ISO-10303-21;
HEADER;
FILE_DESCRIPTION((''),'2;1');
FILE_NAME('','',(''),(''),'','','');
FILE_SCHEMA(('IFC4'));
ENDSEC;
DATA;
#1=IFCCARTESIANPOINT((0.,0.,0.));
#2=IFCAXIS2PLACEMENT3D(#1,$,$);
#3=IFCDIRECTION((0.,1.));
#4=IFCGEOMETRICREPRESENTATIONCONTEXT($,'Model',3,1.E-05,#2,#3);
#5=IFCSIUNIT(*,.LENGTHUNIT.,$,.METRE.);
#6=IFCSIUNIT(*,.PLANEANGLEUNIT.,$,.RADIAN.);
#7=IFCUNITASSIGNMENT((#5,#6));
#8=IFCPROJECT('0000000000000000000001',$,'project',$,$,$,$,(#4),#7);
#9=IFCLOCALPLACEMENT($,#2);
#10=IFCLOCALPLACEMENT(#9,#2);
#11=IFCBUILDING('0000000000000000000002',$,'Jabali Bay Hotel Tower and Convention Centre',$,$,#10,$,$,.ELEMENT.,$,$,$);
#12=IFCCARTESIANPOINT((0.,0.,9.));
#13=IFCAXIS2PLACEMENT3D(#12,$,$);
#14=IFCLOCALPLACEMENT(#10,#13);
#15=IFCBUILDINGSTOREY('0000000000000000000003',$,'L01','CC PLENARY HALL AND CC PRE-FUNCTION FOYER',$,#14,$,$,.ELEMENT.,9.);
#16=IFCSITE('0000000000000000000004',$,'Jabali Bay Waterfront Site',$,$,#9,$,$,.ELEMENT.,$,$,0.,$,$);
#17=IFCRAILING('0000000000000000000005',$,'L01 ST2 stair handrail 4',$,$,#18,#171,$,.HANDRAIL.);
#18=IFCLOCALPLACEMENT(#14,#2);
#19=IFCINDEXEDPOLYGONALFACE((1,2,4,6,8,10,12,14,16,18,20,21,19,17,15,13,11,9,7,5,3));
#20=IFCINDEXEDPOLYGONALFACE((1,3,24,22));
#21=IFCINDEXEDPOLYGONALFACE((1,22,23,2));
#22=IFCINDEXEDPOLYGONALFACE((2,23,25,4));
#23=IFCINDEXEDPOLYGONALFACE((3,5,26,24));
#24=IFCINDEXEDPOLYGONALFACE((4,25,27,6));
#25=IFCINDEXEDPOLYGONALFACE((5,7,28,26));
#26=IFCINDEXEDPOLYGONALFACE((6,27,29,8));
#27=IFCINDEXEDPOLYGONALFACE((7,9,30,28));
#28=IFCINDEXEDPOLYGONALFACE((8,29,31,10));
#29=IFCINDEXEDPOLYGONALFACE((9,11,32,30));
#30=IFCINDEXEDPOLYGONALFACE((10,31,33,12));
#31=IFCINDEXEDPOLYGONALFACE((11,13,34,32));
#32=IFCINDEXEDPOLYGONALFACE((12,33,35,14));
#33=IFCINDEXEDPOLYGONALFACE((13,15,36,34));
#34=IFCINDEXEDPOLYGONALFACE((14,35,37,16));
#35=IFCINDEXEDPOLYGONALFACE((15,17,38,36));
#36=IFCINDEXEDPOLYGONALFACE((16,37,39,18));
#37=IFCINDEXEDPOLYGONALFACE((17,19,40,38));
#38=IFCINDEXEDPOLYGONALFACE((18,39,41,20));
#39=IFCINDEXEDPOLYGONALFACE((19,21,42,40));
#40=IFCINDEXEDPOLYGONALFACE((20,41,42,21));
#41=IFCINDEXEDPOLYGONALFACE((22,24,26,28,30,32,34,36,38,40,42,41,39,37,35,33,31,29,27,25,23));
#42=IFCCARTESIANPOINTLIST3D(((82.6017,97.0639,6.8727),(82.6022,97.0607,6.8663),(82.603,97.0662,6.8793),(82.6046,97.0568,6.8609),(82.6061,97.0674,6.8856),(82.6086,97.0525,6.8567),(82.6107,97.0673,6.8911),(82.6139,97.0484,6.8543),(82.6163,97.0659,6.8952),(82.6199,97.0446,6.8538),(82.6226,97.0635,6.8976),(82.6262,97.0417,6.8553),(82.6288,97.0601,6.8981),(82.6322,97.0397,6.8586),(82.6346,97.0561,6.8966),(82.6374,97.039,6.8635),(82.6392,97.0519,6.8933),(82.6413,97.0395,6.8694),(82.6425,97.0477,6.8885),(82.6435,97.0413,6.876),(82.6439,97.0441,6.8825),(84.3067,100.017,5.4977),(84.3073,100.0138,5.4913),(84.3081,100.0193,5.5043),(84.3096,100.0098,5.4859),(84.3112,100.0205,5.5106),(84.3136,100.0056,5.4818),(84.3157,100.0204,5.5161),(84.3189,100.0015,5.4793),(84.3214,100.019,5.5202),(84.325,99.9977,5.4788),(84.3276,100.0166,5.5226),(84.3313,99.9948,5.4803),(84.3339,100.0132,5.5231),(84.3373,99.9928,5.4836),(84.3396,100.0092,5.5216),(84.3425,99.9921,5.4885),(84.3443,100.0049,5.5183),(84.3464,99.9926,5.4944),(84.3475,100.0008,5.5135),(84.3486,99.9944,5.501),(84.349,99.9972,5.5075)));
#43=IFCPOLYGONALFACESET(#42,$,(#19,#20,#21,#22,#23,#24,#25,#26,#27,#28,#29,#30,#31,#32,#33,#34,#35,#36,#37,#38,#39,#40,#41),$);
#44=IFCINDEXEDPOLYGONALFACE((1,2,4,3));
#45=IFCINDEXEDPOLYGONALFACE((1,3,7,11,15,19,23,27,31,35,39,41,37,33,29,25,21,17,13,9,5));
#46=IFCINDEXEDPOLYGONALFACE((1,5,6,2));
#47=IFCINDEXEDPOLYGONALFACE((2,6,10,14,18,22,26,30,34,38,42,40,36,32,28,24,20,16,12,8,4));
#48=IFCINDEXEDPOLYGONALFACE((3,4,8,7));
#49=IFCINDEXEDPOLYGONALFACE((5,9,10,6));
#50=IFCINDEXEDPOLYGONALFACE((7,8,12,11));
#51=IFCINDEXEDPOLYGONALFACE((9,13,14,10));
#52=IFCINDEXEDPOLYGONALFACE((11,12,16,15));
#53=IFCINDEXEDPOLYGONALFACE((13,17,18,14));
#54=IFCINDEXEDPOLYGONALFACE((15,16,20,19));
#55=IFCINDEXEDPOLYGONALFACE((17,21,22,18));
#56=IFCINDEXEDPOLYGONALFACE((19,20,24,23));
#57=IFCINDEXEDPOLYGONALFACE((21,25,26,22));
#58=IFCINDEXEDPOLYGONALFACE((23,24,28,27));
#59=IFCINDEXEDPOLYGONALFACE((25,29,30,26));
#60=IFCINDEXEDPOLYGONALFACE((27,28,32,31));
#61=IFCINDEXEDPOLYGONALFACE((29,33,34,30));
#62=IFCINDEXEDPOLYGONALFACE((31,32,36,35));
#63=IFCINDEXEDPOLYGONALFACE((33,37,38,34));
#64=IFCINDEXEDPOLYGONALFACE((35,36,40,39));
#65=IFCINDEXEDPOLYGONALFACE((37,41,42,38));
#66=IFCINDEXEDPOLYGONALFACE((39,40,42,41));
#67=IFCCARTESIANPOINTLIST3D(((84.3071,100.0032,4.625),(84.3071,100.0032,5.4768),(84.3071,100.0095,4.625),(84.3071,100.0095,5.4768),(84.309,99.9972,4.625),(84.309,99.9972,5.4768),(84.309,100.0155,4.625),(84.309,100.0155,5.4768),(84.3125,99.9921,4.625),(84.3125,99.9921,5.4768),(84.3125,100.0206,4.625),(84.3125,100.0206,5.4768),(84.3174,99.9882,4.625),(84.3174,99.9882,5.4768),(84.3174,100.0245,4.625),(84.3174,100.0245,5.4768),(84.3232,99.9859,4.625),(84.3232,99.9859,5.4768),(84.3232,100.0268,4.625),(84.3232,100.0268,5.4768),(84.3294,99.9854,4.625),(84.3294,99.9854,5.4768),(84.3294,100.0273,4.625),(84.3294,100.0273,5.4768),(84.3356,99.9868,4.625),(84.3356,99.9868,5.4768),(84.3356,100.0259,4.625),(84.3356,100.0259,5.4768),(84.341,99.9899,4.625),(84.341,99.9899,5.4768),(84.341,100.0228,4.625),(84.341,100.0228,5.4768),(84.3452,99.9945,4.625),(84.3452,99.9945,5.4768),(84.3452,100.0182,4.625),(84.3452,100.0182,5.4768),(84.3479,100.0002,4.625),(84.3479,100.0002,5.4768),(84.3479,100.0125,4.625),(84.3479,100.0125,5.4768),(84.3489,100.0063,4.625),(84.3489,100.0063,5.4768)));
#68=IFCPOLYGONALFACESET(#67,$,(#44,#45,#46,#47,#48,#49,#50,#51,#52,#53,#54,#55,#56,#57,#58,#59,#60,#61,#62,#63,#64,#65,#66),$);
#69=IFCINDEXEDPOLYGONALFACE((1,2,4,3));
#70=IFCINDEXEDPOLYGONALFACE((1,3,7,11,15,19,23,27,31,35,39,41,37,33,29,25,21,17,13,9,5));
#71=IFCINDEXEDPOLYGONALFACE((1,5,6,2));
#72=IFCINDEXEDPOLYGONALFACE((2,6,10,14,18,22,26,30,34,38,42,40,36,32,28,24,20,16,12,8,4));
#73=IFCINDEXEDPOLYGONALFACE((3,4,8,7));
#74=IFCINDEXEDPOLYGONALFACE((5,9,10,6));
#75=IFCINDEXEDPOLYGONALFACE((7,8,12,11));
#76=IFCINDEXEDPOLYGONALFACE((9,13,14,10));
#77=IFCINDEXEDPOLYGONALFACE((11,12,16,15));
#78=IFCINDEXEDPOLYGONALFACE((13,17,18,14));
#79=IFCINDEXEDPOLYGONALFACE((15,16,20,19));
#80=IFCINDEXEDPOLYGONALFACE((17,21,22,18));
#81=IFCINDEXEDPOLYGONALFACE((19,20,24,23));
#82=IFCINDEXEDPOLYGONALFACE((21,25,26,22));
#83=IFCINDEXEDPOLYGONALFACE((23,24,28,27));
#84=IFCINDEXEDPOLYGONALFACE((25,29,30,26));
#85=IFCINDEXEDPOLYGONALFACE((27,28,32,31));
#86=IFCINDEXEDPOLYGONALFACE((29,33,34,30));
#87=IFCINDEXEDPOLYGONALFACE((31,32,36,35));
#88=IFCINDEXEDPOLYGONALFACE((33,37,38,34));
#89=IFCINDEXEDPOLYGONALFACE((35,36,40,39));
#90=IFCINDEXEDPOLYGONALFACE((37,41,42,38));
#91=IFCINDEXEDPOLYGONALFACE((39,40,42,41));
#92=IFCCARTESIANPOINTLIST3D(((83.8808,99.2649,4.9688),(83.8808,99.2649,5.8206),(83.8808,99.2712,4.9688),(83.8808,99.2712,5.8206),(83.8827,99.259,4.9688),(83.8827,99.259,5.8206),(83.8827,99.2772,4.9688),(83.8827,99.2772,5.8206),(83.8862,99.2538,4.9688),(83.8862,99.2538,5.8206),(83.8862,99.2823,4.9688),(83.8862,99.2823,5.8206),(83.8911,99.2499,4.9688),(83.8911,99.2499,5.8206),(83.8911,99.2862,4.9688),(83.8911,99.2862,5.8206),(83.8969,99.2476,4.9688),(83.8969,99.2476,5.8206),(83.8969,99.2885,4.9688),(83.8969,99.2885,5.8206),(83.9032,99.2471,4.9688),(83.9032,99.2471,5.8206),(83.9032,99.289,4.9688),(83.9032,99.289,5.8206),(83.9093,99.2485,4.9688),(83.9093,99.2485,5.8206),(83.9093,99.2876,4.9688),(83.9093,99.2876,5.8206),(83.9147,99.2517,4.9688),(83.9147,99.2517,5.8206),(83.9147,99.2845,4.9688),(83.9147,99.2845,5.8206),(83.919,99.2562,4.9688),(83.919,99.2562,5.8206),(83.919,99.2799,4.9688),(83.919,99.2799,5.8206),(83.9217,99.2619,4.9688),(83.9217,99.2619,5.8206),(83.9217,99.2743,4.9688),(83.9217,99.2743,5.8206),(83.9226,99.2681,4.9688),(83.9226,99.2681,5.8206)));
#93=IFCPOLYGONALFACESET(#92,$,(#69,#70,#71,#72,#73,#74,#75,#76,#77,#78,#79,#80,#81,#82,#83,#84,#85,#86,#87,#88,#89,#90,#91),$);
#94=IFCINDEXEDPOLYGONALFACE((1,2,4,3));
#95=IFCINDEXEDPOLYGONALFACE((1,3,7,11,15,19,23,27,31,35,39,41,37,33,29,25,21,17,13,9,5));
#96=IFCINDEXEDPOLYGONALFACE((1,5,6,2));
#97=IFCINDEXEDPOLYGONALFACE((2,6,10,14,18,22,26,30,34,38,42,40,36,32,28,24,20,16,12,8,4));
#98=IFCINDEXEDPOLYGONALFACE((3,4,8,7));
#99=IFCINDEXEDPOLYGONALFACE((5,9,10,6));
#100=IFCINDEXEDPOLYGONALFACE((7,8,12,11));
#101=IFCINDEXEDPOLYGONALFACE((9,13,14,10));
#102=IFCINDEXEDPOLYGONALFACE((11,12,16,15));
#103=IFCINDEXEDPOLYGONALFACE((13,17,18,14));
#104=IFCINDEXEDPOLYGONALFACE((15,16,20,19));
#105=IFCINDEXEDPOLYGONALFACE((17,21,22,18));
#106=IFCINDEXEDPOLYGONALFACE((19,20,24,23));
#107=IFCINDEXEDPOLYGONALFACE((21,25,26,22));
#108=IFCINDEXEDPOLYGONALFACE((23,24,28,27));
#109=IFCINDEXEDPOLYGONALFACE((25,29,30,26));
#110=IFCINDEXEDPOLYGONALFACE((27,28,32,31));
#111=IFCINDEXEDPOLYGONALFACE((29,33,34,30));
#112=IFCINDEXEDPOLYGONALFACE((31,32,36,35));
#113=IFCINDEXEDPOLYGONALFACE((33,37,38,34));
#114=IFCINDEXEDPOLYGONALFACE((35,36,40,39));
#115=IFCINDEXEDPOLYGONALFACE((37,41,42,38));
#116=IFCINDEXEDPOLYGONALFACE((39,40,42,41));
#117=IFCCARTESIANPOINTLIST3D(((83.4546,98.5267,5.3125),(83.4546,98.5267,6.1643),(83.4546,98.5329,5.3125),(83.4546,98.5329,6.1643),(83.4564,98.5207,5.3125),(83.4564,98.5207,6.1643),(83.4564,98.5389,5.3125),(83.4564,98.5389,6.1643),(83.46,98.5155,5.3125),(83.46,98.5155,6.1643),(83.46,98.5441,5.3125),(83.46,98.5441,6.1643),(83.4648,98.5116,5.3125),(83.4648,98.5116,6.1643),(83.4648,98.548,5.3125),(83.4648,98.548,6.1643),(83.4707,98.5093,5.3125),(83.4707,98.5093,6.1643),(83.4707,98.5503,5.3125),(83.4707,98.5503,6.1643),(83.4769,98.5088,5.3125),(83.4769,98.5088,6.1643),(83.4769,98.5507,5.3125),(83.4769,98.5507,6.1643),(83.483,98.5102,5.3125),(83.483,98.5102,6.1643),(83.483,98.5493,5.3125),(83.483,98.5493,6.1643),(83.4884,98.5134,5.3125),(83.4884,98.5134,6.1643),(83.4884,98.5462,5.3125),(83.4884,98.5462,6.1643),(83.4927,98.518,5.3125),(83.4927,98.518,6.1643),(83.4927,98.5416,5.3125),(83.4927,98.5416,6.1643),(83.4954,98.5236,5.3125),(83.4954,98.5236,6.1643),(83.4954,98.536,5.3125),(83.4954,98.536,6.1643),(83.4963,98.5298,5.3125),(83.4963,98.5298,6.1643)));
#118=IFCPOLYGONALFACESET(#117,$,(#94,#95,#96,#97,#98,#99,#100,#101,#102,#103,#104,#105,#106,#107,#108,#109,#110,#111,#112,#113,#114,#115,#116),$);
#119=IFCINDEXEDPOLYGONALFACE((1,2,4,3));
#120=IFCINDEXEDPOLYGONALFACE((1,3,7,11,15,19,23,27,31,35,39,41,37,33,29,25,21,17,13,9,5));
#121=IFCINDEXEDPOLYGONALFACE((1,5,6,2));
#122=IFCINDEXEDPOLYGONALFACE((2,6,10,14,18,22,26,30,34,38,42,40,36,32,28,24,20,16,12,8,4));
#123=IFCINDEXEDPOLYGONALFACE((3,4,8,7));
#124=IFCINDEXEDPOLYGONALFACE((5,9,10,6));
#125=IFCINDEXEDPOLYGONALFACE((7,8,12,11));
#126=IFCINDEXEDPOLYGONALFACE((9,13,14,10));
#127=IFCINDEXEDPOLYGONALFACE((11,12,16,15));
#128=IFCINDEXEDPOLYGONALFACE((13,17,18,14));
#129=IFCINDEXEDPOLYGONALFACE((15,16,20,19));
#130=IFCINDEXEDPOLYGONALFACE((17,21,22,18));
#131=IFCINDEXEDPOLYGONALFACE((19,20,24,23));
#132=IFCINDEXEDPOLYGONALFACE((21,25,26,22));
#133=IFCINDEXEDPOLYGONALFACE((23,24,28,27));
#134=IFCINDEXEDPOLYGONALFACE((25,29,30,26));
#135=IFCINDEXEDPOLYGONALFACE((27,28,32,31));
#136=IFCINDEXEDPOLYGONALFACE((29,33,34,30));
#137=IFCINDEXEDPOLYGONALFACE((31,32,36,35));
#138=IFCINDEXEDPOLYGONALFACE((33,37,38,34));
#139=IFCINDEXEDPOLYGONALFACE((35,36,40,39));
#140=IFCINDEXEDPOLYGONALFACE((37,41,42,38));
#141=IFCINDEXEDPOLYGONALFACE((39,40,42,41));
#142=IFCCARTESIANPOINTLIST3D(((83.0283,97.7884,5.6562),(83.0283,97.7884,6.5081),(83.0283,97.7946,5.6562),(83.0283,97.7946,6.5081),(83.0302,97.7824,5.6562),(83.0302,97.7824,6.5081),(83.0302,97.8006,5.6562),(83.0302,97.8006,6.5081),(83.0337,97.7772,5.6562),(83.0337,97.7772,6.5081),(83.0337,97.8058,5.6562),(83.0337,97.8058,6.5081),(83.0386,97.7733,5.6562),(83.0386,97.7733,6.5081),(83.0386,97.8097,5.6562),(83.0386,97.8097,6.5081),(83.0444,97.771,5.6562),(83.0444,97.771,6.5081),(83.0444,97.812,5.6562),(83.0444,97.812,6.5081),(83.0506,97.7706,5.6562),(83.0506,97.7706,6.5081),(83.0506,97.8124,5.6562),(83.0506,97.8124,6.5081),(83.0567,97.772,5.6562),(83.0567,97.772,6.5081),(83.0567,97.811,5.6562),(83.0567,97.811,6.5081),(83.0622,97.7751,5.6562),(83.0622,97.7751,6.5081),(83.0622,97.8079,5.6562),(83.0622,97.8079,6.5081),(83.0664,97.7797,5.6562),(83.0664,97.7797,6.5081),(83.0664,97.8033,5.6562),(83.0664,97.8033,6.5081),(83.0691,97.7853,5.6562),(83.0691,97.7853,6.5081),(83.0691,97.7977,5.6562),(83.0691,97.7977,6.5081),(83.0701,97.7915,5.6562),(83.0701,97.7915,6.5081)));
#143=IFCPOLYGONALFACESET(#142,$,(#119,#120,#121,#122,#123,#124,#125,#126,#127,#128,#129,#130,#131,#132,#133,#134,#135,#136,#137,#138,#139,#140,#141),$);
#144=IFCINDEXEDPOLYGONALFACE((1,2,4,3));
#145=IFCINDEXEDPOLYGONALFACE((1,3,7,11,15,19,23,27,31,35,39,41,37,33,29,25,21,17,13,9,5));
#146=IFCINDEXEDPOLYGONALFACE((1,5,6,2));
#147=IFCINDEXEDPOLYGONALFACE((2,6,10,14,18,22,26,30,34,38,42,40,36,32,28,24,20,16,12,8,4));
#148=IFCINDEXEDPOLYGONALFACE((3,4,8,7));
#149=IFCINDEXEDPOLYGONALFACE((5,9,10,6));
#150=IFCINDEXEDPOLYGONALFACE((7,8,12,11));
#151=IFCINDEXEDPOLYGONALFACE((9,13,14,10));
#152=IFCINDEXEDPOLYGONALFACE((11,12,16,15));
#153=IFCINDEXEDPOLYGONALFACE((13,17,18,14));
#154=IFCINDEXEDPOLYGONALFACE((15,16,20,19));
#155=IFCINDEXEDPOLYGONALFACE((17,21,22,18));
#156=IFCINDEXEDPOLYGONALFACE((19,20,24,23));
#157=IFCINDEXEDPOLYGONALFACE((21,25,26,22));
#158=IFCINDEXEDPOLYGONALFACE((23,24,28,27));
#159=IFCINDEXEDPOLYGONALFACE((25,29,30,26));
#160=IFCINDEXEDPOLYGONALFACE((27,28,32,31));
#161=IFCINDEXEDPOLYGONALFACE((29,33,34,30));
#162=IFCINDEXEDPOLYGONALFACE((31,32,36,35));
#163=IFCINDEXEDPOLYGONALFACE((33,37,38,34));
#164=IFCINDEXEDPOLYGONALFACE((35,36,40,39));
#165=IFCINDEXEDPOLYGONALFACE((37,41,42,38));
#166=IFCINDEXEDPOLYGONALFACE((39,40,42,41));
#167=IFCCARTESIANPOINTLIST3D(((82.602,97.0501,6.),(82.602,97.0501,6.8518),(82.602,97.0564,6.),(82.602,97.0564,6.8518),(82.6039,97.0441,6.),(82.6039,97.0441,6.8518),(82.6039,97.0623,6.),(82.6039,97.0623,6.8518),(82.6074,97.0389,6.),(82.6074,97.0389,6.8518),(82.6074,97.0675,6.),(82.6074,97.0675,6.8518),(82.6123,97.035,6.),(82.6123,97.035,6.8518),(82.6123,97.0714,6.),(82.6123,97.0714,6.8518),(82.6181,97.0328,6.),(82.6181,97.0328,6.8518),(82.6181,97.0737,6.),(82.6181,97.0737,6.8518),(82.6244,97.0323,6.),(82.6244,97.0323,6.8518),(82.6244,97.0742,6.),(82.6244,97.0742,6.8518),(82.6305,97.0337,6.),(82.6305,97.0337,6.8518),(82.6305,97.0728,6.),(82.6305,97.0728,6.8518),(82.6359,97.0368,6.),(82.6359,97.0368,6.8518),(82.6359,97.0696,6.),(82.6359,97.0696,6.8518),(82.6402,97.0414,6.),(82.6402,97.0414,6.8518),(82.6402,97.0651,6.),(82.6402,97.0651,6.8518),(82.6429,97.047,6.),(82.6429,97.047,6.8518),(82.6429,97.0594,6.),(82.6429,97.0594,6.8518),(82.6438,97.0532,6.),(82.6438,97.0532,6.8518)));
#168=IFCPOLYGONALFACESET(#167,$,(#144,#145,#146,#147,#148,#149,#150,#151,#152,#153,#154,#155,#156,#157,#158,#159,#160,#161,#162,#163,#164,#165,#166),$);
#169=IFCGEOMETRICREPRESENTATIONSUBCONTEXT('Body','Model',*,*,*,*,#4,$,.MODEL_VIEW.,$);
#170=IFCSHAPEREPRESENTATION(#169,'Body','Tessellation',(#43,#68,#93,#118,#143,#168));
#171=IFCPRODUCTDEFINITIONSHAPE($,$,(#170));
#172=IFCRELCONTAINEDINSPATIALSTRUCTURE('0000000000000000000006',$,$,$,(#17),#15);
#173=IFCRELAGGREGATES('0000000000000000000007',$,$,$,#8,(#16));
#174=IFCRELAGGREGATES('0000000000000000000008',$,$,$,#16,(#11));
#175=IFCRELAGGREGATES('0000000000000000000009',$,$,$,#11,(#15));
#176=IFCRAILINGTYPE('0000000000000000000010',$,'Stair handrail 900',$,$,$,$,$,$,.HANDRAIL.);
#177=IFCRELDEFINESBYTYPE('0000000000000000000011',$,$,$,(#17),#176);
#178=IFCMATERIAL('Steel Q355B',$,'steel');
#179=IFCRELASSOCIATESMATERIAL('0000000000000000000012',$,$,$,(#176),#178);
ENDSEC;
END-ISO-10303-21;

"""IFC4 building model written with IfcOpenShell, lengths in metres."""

from ifc_helpers import new_model, si_unit, direction, frame, origin, origin_2d, place, context, subcontext, project, spatial, circle, extrude, material, type_object, element, save


model = new_model("IFC4")

# Units and contexts
model_context = context("Model", 3, precision=1e-05, world=origin(), true_north=direction((0.0, 1.0)))
body_context = subcontext(model_context, "Body", "Model", "MODEL_VIEW")
ifc_project = project(units=[si_unit("LENGTHUNIT", "METRE"), si_unit("PLANEANGLEUNIT", "RADIAN")], contexts=[model_context])

# Site, building, storey
site_placement = place(None, origin())
site = spatial("IfcSite", under=ifc_project, at=site_placement, Name="Jabali Bay Waterfront Site", CompositionType="ELEMENT", RefElevation=0.0)
building_placement = place(site_placement, origin())
building = spatial("IfcBuilding", under=site, at=building_placement, Name="Jabali Bay Hotel Tower and Convention Centre", CompositionType="ELEMENT")
storey_placement = place(building_placement, frame((0.0, 0.0, 9.0)))
storey = spatial("IfcBuildingStorey", under=building, at=storey_placement, Name="L01", Description="CC PLENARY HALL AND CC PRE-FUNCTION FOYER", CompositionType="ELEMENT", Elevation=9.0)

# Railing
ifc_material_1 = material(Name="Steel Q355B", Category="steel")
railing_type_1 = type_object("IfcRailingType", Name="Stair handrail 900", PredefinedType="HANDRAIL", material=ifc_material_1)
for number, where, name in (
    (1, (84.3279, 100.0063, 4.625), "L01 ST2 stair handrail 4"),
):
    element("IfcRailing", number, at=place(storey_placement, frame(where)), inside=storey, type_object=railing_type_1, Name=name, PredefinedType="HANDRAIL", context=body_context, shape_type="SweptSolid", body=[
        extrude(circle(Radius=0.0239, at=origin_2d()), frame((0.0, 0.0, 0.876), z_axis=(-0.46374, -0.803178, 0.373966), x_axis=(0.866014, -0.50002, 0.0)), (0.0, 0.0, 1.0), 3.6768),
        extrude(circle(Radius=0.021, at=origin_2d()), origin(), (0.0, 0.0, 1.0), 0.8518),
        extrude(circle(Radius=0.021, at=origin_2d()), frame((-0.4263, -0.7383, 0.3438)), (0.0, 0.0, 1.0), 0.8518),
        extrude(circle(Radius=0.021, at=origin_2d()), frame((-0.8525, -1.4766, 0.6875)), (0.0, 0.0, 1.0), 0.8518),
        extrude(circle(Radius=0.021, at=origin_2d()), frame((-1.2788, -2.2148, 1.0312)), (0.0, 0.0, 1.0), 0.8518),
        extrude(circle(Radius=0.021, at=origin_2d()), frame((-1.7051, -2.9531, 1.375)), (0.0, 0.0, 1.0), 0.8518),
    ])

save(model, "model.ifc")
